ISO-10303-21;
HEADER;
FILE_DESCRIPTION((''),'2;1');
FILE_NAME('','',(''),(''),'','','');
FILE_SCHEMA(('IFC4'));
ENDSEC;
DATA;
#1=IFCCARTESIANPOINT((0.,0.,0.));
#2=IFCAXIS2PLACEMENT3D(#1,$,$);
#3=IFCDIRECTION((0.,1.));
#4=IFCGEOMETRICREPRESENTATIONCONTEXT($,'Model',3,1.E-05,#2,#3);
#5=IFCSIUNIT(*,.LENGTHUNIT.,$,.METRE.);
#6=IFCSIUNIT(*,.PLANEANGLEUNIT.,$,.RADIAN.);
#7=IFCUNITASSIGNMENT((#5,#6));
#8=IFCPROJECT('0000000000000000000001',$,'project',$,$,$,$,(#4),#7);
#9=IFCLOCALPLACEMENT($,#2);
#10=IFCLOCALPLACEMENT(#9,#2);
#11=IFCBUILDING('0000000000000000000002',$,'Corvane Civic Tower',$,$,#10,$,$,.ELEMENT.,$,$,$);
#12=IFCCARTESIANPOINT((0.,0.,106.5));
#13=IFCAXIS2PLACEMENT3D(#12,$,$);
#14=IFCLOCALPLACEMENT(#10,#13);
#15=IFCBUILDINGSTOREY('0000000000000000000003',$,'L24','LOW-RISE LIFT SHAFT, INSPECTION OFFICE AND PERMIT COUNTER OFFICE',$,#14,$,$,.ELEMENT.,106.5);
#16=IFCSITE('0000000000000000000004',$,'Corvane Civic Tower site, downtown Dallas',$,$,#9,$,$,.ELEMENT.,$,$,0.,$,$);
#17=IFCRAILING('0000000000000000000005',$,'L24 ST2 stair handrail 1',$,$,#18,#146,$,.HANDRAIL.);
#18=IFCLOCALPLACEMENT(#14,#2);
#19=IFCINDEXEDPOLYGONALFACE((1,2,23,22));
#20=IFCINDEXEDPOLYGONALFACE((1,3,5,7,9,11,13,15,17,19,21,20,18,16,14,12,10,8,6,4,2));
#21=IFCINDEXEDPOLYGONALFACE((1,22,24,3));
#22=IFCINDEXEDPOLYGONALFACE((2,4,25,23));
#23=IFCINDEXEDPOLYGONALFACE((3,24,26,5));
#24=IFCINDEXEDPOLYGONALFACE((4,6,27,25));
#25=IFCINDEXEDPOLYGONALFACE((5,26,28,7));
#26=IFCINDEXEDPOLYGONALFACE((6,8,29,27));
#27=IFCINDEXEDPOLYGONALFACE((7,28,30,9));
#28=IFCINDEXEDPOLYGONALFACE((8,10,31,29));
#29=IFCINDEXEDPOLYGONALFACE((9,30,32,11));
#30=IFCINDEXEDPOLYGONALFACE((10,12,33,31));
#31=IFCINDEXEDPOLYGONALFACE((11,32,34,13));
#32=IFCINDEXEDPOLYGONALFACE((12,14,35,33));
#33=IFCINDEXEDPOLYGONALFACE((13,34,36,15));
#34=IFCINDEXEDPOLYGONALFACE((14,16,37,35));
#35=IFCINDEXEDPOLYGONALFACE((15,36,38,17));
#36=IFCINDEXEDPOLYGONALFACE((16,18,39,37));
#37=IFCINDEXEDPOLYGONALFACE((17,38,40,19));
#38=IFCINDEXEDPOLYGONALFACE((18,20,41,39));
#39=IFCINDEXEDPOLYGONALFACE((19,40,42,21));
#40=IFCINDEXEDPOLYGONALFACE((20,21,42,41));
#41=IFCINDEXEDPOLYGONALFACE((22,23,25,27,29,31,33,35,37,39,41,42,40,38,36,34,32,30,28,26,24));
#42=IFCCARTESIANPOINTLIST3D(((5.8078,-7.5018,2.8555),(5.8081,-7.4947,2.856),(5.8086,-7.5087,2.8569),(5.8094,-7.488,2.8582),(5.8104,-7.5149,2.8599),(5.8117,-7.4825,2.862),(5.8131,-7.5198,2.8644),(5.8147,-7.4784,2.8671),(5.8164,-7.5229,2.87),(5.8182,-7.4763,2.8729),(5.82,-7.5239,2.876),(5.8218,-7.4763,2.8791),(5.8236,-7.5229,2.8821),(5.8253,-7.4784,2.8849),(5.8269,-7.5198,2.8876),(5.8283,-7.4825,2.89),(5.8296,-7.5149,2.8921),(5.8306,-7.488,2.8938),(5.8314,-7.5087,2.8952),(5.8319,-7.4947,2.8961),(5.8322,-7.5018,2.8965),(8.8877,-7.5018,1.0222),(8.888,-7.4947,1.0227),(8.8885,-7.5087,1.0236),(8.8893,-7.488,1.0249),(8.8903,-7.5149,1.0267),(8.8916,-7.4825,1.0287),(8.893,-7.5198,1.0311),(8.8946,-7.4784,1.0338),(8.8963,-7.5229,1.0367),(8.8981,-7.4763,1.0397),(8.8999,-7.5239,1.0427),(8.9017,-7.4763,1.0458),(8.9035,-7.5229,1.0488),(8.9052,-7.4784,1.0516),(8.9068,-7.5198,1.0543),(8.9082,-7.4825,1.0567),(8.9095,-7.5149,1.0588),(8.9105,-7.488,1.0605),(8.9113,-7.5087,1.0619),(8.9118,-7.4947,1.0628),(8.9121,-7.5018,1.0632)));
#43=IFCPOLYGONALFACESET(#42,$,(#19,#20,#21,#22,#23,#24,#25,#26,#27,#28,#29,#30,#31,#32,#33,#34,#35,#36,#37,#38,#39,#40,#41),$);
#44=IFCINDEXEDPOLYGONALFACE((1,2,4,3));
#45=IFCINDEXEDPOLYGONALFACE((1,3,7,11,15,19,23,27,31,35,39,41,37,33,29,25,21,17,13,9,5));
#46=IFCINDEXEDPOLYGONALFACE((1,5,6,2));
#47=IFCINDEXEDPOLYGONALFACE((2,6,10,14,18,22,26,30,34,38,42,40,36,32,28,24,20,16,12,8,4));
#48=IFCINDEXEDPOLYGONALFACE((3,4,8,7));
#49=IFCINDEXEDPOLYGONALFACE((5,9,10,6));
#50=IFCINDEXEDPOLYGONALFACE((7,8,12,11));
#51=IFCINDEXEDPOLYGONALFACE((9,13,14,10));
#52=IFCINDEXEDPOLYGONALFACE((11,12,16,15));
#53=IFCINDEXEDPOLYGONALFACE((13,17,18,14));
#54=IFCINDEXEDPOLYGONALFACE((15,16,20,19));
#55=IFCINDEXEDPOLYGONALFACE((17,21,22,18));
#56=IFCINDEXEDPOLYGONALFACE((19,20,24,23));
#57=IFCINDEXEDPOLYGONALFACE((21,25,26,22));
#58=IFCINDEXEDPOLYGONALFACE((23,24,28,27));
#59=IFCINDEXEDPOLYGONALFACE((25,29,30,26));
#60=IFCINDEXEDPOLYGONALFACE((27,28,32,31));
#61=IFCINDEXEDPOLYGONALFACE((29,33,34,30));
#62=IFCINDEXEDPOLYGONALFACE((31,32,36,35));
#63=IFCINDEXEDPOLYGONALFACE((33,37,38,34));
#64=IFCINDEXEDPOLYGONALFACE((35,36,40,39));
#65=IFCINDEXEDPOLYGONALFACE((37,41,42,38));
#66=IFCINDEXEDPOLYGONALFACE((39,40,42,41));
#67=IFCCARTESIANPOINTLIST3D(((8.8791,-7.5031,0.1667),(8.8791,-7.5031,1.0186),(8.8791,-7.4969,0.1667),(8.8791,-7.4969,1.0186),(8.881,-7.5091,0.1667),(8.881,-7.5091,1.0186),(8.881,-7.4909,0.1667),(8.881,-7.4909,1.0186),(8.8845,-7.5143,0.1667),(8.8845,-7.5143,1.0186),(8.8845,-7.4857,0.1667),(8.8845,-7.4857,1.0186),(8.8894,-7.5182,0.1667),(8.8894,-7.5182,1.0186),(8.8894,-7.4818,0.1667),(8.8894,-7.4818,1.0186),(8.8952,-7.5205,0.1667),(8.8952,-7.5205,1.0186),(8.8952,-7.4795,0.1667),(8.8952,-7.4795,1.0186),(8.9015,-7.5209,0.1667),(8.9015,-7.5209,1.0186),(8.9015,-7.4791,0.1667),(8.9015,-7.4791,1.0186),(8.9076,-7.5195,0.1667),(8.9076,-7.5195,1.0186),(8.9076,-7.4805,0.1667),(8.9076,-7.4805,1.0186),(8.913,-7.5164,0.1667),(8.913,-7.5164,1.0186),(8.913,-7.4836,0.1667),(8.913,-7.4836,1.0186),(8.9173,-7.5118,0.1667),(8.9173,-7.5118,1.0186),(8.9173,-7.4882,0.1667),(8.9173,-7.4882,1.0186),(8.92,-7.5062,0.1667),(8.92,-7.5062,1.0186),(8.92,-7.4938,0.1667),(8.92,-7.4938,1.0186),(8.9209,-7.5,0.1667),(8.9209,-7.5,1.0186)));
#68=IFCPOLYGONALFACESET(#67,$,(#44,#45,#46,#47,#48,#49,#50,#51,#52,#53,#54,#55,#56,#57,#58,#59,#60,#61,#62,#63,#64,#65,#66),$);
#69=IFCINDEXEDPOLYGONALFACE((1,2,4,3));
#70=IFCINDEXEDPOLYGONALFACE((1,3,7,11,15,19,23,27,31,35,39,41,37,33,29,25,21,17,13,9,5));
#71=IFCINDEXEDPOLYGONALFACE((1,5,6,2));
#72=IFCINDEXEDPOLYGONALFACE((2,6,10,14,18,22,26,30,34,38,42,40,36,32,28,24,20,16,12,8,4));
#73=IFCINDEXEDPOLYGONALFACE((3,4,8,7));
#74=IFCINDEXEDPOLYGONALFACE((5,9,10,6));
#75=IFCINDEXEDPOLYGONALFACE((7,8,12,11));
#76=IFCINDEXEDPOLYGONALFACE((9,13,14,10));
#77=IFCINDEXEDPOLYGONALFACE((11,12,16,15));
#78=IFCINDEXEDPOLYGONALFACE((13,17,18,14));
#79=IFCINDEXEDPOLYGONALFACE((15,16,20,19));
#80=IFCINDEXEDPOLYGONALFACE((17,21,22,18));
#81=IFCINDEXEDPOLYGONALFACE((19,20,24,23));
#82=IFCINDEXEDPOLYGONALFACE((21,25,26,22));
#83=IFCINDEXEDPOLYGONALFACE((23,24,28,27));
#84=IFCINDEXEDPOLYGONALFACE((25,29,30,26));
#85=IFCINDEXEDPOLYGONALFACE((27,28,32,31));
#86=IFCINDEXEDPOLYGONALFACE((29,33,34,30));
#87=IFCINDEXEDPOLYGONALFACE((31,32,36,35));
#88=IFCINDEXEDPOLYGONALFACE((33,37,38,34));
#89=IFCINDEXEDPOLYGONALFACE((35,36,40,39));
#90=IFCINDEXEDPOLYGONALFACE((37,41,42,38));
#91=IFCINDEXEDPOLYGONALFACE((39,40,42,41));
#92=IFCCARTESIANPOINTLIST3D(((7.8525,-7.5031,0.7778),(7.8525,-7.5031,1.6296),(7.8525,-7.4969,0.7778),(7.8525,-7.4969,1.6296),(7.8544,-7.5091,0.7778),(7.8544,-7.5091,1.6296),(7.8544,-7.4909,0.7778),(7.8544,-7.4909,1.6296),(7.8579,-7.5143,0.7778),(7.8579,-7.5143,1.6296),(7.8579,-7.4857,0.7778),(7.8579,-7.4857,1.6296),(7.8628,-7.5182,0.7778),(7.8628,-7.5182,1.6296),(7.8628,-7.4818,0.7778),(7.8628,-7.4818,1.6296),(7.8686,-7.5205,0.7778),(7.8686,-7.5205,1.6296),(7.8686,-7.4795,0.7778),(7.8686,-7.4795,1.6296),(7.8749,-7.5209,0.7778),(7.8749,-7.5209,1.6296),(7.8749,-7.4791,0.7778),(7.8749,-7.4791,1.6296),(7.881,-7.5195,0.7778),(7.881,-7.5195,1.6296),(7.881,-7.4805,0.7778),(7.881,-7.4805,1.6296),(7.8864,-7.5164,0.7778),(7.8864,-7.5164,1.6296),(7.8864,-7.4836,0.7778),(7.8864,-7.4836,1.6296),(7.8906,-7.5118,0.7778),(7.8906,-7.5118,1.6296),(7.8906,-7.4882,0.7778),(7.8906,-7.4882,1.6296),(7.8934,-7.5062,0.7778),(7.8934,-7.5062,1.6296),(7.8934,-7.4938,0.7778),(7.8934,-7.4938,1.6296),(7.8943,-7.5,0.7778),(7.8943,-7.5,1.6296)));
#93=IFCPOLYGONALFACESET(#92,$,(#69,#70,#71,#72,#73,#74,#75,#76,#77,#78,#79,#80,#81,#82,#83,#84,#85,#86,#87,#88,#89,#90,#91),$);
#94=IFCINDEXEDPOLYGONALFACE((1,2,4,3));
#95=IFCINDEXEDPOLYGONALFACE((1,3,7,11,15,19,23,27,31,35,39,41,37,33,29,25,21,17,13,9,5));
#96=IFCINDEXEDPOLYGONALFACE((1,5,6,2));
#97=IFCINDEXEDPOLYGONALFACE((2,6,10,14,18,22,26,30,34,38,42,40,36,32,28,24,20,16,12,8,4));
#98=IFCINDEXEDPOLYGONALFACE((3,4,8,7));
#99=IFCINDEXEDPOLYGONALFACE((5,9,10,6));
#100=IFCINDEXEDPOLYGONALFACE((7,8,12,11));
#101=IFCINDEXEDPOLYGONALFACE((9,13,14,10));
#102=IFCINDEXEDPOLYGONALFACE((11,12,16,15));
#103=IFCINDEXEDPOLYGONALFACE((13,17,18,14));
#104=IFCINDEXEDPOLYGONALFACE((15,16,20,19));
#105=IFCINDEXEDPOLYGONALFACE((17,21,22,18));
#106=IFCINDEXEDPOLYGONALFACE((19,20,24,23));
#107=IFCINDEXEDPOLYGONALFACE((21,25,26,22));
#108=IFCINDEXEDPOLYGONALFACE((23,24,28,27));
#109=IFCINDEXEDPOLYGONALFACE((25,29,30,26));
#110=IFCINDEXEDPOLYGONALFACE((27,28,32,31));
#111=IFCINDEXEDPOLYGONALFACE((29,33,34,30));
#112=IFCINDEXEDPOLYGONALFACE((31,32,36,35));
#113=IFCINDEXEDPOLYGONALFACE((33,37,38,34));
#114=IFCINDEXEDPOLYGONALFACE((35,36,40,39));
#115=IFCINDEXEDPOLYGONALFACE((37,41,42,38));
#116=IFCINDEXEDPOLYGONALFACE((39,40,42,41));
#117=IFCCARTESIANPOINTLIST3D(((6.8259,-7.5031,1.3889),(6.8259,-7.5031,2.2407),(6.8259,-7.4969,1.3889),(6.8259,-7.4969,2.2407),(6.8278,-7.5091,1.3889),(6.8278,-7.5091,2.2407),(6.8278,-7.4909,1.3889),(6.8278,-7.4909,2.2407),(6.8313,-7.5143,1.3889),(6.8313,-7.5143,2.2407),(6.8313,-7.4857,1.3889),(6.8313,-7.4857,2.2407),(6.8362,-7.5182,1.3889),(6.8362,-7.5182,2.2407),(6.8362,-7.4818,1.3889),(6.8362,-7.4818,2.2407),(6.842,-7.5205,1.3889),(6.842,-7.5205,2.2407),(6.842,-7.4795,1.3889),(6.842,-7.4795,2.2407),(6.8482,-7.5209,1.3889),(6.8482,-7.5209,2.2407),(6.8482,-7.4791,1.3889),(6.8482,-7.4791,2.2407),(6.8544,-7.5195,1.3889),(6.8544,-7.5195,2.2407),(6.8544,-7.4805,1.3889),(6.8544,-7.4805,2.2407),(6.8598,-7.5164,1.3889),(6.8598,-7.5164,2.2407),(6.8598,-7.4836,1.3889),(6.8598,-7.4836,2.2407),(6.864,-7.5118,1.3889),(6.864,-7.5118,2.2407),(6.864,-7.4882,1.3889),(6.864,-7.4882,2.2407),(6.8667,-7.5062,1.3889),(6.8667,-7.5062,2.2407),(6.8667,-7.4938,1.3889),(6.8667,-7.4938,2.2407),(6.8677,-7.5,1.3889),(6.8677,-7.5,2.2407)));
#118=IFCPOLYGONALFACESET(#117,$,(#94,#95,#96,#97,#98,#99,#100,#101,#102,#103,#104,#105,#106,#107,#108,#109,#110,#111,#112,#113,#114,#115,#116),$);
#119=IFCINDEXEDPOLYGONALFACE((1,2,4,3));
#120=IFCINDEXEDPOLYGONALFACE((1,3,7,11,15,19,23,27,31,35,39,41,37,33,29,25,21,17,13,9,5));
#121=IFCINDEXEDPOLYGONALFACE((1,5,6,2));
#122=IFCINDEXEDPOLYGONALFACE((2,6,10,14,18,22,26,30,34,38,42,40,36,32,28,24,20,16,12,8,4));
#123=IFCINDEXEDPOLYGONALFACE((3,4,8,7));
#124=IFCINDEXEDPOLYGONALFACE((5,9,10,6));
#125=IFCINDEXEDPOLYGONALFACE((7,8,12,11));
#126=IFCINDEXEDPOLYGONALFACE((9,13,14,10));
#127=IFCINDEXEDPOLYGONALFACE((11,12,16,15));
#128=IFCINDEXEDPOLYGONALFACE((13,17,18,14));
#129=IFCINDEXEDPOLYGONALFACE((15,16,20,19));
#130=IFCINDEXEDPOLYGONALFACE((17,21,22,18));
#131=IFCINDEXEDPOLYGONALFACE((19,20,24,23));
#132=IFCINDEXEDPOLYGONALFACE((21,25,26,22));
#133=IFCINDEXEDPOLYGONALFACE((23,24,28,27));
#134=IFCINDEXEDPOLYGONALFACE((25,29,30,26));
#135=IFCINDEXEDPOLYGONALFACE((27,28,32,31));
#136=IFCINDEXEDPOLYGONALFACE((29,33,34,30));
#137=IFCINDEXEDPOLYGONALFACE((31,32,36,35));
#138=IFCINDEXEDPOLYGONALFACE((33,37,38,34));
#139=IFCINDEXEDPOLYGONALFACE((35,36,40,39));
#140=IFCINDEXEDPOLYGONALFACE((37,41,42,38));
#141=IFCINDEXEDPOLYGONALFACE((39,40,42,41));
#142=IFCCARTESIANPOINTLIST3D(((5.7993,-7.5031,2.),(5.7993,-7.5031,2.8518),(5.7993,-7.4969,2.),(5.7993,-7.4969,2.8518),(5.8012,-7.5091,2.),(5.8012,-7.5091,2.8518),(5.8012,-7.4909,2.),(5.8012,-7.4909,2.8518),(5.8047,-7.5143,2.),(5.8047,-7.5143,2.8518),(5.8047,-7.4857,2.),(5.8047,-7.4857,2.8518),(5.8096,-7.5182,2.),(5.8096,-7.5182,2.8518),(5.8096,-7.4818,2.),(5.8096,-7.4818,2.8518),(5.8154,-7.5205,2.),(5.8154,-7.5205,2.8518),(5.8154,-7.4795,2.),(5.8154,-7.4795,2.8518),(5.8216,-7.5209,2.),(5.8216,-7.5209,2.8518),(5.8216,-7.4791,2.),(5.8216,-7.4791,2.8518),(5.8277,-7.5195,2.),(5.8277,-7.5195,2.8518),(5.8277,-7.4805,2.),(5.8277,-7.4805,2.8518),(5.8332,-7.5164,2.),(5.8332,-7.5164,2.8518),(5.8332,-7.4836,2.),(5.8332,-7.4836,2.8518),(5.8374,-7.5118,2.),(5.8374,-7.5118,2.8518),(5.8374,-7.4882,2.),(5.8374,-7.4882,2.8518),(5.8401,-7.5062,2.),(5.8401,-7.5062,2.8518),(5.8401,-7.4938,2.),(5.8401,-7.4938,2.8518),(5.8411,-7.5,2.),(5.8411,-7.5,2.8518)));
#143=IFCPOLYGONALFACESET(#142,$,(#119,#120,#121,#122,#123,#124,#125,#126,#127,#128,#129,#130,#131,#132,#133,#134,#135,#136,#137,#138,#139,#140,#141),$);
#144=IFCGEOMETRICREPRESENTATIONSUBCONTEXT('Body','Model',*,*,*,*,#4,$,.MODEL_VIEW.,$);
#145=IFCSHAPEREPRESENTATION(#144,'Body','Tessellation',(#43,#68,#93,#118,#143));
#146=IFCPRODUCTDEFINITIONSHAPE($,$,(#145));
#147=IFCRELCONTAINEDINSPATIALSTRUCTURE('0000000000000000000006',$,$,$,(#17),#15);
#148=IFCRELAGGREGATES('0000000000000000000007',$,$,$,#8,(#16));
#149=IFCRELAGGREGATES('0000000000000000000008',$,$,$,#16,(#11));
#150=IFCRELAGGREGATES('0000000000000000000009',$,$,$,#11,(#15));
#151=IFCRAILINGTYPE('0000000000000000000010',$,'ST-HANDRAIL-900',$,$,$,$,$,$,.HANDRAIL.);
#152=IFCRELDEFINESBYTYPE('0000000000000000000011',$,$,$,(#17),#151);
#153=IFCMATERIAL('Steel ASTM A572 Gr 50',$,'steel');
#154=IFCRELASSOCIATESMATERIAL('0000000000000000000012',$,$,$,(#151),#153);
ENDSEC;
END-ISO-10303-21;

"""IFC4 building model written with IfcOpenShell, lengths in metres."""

from ifc_helpers import new_model, si_unit, direction, frame, origin, origin_2d, place, context, subcontext, project, spatial, circle, extrude, material, type_object, element, save


model = new_model("IFC4")

# Units and contexts
model_context = context("Model", 3, precision=1e-05, world=origin(), true_north=direction((0.0, 1.0)))
body_context = subcontext(model_context, "Body", "Model", "MODEL_VIEW")
ifc_project = project(units=[si_unit("LENGTHUNIT", "METRE"), si_unit("PLANEANGLEUNIT", "RADIAN")], contexts=[model_context])

# Site, building, storey
site_placement = place(None, origin())
site = spatial("IfcSite", under=ifc_project, at=site_placement, Name="Corvane Civic Tower site, downtown Dallas", CompositionType="ELEMENT", RefElevation=0.0)
building_placement = place(site_placement, origin())
building = spatial("IfcBuilding", under=site, at=building_placement, Name="Corvane Civic Tower", CompositionType="ELEMENT")
storey_placement = place(building_placement, frame((0.0, 0.0, 106.5)))
storey = spatial("IfcBuildingStorey", under=building, at=storey_placement, Name="L24", Description="LOW-RISE LIFT SHAFT, INSPECTION OFFICE AND PERMIT COUNTER OFFICE", CompositionType="ELEMENT", Elevation=106.5)

# Railing
ifc_material_1 = material(Name="Steel ASTM A572 Gr 50", Category="steel")
railing_type_1 = type_object("IfcRailingType", Name="ST-HANDRAIL-900", PredefinedType="HANDRAIL", material=ifc_material_1)
railing_1_placement = place(storey_placement, frame((8.8999, -7.5, 0.1667)))
element("IfcRailing", 1, at=railing_1_placement, inside=storey, type_object=railing_type_1, Name="L24 ST2 stair handrail 1", PredefinedType="HANDRAIL", context=body_context, shape_type="SweptSolid", body=[
    extrude(circle(Radius=0.0239, at=origin_2d()), frame((0.0, 0.0, 0.876), z_axis=(-0.859291, 0.0, 0.511487), x_axis=(0.0, -1.0, 0.0)), (0.0, 0.0, 1.0), 3.5842),
    extrude(circle(Radius=0.021, at=origin_2d()), origin(), (0.0, 0.0, 1.0), 0.8518),
    extrude(circle(Radius=0.021, at=origin_2d()), frame((-1.0266, 0.0, 0.6111)), (0.0, 0.0, 1.0), 0.8518),
    extrude(circle(Radius=0.021, at=origin_2d()), frame((-2.0532, 0.0, 1.2222)), (0.0, 0.0, 1.0), 0.8518),
    extrude(circle(Radius=0.021, at=origin_2d()), frame((-3.0798, 0.0, 1.8333)), (0.0, 0.0, 1.0), 0.8518),
])

save(model, "model.ifc")
